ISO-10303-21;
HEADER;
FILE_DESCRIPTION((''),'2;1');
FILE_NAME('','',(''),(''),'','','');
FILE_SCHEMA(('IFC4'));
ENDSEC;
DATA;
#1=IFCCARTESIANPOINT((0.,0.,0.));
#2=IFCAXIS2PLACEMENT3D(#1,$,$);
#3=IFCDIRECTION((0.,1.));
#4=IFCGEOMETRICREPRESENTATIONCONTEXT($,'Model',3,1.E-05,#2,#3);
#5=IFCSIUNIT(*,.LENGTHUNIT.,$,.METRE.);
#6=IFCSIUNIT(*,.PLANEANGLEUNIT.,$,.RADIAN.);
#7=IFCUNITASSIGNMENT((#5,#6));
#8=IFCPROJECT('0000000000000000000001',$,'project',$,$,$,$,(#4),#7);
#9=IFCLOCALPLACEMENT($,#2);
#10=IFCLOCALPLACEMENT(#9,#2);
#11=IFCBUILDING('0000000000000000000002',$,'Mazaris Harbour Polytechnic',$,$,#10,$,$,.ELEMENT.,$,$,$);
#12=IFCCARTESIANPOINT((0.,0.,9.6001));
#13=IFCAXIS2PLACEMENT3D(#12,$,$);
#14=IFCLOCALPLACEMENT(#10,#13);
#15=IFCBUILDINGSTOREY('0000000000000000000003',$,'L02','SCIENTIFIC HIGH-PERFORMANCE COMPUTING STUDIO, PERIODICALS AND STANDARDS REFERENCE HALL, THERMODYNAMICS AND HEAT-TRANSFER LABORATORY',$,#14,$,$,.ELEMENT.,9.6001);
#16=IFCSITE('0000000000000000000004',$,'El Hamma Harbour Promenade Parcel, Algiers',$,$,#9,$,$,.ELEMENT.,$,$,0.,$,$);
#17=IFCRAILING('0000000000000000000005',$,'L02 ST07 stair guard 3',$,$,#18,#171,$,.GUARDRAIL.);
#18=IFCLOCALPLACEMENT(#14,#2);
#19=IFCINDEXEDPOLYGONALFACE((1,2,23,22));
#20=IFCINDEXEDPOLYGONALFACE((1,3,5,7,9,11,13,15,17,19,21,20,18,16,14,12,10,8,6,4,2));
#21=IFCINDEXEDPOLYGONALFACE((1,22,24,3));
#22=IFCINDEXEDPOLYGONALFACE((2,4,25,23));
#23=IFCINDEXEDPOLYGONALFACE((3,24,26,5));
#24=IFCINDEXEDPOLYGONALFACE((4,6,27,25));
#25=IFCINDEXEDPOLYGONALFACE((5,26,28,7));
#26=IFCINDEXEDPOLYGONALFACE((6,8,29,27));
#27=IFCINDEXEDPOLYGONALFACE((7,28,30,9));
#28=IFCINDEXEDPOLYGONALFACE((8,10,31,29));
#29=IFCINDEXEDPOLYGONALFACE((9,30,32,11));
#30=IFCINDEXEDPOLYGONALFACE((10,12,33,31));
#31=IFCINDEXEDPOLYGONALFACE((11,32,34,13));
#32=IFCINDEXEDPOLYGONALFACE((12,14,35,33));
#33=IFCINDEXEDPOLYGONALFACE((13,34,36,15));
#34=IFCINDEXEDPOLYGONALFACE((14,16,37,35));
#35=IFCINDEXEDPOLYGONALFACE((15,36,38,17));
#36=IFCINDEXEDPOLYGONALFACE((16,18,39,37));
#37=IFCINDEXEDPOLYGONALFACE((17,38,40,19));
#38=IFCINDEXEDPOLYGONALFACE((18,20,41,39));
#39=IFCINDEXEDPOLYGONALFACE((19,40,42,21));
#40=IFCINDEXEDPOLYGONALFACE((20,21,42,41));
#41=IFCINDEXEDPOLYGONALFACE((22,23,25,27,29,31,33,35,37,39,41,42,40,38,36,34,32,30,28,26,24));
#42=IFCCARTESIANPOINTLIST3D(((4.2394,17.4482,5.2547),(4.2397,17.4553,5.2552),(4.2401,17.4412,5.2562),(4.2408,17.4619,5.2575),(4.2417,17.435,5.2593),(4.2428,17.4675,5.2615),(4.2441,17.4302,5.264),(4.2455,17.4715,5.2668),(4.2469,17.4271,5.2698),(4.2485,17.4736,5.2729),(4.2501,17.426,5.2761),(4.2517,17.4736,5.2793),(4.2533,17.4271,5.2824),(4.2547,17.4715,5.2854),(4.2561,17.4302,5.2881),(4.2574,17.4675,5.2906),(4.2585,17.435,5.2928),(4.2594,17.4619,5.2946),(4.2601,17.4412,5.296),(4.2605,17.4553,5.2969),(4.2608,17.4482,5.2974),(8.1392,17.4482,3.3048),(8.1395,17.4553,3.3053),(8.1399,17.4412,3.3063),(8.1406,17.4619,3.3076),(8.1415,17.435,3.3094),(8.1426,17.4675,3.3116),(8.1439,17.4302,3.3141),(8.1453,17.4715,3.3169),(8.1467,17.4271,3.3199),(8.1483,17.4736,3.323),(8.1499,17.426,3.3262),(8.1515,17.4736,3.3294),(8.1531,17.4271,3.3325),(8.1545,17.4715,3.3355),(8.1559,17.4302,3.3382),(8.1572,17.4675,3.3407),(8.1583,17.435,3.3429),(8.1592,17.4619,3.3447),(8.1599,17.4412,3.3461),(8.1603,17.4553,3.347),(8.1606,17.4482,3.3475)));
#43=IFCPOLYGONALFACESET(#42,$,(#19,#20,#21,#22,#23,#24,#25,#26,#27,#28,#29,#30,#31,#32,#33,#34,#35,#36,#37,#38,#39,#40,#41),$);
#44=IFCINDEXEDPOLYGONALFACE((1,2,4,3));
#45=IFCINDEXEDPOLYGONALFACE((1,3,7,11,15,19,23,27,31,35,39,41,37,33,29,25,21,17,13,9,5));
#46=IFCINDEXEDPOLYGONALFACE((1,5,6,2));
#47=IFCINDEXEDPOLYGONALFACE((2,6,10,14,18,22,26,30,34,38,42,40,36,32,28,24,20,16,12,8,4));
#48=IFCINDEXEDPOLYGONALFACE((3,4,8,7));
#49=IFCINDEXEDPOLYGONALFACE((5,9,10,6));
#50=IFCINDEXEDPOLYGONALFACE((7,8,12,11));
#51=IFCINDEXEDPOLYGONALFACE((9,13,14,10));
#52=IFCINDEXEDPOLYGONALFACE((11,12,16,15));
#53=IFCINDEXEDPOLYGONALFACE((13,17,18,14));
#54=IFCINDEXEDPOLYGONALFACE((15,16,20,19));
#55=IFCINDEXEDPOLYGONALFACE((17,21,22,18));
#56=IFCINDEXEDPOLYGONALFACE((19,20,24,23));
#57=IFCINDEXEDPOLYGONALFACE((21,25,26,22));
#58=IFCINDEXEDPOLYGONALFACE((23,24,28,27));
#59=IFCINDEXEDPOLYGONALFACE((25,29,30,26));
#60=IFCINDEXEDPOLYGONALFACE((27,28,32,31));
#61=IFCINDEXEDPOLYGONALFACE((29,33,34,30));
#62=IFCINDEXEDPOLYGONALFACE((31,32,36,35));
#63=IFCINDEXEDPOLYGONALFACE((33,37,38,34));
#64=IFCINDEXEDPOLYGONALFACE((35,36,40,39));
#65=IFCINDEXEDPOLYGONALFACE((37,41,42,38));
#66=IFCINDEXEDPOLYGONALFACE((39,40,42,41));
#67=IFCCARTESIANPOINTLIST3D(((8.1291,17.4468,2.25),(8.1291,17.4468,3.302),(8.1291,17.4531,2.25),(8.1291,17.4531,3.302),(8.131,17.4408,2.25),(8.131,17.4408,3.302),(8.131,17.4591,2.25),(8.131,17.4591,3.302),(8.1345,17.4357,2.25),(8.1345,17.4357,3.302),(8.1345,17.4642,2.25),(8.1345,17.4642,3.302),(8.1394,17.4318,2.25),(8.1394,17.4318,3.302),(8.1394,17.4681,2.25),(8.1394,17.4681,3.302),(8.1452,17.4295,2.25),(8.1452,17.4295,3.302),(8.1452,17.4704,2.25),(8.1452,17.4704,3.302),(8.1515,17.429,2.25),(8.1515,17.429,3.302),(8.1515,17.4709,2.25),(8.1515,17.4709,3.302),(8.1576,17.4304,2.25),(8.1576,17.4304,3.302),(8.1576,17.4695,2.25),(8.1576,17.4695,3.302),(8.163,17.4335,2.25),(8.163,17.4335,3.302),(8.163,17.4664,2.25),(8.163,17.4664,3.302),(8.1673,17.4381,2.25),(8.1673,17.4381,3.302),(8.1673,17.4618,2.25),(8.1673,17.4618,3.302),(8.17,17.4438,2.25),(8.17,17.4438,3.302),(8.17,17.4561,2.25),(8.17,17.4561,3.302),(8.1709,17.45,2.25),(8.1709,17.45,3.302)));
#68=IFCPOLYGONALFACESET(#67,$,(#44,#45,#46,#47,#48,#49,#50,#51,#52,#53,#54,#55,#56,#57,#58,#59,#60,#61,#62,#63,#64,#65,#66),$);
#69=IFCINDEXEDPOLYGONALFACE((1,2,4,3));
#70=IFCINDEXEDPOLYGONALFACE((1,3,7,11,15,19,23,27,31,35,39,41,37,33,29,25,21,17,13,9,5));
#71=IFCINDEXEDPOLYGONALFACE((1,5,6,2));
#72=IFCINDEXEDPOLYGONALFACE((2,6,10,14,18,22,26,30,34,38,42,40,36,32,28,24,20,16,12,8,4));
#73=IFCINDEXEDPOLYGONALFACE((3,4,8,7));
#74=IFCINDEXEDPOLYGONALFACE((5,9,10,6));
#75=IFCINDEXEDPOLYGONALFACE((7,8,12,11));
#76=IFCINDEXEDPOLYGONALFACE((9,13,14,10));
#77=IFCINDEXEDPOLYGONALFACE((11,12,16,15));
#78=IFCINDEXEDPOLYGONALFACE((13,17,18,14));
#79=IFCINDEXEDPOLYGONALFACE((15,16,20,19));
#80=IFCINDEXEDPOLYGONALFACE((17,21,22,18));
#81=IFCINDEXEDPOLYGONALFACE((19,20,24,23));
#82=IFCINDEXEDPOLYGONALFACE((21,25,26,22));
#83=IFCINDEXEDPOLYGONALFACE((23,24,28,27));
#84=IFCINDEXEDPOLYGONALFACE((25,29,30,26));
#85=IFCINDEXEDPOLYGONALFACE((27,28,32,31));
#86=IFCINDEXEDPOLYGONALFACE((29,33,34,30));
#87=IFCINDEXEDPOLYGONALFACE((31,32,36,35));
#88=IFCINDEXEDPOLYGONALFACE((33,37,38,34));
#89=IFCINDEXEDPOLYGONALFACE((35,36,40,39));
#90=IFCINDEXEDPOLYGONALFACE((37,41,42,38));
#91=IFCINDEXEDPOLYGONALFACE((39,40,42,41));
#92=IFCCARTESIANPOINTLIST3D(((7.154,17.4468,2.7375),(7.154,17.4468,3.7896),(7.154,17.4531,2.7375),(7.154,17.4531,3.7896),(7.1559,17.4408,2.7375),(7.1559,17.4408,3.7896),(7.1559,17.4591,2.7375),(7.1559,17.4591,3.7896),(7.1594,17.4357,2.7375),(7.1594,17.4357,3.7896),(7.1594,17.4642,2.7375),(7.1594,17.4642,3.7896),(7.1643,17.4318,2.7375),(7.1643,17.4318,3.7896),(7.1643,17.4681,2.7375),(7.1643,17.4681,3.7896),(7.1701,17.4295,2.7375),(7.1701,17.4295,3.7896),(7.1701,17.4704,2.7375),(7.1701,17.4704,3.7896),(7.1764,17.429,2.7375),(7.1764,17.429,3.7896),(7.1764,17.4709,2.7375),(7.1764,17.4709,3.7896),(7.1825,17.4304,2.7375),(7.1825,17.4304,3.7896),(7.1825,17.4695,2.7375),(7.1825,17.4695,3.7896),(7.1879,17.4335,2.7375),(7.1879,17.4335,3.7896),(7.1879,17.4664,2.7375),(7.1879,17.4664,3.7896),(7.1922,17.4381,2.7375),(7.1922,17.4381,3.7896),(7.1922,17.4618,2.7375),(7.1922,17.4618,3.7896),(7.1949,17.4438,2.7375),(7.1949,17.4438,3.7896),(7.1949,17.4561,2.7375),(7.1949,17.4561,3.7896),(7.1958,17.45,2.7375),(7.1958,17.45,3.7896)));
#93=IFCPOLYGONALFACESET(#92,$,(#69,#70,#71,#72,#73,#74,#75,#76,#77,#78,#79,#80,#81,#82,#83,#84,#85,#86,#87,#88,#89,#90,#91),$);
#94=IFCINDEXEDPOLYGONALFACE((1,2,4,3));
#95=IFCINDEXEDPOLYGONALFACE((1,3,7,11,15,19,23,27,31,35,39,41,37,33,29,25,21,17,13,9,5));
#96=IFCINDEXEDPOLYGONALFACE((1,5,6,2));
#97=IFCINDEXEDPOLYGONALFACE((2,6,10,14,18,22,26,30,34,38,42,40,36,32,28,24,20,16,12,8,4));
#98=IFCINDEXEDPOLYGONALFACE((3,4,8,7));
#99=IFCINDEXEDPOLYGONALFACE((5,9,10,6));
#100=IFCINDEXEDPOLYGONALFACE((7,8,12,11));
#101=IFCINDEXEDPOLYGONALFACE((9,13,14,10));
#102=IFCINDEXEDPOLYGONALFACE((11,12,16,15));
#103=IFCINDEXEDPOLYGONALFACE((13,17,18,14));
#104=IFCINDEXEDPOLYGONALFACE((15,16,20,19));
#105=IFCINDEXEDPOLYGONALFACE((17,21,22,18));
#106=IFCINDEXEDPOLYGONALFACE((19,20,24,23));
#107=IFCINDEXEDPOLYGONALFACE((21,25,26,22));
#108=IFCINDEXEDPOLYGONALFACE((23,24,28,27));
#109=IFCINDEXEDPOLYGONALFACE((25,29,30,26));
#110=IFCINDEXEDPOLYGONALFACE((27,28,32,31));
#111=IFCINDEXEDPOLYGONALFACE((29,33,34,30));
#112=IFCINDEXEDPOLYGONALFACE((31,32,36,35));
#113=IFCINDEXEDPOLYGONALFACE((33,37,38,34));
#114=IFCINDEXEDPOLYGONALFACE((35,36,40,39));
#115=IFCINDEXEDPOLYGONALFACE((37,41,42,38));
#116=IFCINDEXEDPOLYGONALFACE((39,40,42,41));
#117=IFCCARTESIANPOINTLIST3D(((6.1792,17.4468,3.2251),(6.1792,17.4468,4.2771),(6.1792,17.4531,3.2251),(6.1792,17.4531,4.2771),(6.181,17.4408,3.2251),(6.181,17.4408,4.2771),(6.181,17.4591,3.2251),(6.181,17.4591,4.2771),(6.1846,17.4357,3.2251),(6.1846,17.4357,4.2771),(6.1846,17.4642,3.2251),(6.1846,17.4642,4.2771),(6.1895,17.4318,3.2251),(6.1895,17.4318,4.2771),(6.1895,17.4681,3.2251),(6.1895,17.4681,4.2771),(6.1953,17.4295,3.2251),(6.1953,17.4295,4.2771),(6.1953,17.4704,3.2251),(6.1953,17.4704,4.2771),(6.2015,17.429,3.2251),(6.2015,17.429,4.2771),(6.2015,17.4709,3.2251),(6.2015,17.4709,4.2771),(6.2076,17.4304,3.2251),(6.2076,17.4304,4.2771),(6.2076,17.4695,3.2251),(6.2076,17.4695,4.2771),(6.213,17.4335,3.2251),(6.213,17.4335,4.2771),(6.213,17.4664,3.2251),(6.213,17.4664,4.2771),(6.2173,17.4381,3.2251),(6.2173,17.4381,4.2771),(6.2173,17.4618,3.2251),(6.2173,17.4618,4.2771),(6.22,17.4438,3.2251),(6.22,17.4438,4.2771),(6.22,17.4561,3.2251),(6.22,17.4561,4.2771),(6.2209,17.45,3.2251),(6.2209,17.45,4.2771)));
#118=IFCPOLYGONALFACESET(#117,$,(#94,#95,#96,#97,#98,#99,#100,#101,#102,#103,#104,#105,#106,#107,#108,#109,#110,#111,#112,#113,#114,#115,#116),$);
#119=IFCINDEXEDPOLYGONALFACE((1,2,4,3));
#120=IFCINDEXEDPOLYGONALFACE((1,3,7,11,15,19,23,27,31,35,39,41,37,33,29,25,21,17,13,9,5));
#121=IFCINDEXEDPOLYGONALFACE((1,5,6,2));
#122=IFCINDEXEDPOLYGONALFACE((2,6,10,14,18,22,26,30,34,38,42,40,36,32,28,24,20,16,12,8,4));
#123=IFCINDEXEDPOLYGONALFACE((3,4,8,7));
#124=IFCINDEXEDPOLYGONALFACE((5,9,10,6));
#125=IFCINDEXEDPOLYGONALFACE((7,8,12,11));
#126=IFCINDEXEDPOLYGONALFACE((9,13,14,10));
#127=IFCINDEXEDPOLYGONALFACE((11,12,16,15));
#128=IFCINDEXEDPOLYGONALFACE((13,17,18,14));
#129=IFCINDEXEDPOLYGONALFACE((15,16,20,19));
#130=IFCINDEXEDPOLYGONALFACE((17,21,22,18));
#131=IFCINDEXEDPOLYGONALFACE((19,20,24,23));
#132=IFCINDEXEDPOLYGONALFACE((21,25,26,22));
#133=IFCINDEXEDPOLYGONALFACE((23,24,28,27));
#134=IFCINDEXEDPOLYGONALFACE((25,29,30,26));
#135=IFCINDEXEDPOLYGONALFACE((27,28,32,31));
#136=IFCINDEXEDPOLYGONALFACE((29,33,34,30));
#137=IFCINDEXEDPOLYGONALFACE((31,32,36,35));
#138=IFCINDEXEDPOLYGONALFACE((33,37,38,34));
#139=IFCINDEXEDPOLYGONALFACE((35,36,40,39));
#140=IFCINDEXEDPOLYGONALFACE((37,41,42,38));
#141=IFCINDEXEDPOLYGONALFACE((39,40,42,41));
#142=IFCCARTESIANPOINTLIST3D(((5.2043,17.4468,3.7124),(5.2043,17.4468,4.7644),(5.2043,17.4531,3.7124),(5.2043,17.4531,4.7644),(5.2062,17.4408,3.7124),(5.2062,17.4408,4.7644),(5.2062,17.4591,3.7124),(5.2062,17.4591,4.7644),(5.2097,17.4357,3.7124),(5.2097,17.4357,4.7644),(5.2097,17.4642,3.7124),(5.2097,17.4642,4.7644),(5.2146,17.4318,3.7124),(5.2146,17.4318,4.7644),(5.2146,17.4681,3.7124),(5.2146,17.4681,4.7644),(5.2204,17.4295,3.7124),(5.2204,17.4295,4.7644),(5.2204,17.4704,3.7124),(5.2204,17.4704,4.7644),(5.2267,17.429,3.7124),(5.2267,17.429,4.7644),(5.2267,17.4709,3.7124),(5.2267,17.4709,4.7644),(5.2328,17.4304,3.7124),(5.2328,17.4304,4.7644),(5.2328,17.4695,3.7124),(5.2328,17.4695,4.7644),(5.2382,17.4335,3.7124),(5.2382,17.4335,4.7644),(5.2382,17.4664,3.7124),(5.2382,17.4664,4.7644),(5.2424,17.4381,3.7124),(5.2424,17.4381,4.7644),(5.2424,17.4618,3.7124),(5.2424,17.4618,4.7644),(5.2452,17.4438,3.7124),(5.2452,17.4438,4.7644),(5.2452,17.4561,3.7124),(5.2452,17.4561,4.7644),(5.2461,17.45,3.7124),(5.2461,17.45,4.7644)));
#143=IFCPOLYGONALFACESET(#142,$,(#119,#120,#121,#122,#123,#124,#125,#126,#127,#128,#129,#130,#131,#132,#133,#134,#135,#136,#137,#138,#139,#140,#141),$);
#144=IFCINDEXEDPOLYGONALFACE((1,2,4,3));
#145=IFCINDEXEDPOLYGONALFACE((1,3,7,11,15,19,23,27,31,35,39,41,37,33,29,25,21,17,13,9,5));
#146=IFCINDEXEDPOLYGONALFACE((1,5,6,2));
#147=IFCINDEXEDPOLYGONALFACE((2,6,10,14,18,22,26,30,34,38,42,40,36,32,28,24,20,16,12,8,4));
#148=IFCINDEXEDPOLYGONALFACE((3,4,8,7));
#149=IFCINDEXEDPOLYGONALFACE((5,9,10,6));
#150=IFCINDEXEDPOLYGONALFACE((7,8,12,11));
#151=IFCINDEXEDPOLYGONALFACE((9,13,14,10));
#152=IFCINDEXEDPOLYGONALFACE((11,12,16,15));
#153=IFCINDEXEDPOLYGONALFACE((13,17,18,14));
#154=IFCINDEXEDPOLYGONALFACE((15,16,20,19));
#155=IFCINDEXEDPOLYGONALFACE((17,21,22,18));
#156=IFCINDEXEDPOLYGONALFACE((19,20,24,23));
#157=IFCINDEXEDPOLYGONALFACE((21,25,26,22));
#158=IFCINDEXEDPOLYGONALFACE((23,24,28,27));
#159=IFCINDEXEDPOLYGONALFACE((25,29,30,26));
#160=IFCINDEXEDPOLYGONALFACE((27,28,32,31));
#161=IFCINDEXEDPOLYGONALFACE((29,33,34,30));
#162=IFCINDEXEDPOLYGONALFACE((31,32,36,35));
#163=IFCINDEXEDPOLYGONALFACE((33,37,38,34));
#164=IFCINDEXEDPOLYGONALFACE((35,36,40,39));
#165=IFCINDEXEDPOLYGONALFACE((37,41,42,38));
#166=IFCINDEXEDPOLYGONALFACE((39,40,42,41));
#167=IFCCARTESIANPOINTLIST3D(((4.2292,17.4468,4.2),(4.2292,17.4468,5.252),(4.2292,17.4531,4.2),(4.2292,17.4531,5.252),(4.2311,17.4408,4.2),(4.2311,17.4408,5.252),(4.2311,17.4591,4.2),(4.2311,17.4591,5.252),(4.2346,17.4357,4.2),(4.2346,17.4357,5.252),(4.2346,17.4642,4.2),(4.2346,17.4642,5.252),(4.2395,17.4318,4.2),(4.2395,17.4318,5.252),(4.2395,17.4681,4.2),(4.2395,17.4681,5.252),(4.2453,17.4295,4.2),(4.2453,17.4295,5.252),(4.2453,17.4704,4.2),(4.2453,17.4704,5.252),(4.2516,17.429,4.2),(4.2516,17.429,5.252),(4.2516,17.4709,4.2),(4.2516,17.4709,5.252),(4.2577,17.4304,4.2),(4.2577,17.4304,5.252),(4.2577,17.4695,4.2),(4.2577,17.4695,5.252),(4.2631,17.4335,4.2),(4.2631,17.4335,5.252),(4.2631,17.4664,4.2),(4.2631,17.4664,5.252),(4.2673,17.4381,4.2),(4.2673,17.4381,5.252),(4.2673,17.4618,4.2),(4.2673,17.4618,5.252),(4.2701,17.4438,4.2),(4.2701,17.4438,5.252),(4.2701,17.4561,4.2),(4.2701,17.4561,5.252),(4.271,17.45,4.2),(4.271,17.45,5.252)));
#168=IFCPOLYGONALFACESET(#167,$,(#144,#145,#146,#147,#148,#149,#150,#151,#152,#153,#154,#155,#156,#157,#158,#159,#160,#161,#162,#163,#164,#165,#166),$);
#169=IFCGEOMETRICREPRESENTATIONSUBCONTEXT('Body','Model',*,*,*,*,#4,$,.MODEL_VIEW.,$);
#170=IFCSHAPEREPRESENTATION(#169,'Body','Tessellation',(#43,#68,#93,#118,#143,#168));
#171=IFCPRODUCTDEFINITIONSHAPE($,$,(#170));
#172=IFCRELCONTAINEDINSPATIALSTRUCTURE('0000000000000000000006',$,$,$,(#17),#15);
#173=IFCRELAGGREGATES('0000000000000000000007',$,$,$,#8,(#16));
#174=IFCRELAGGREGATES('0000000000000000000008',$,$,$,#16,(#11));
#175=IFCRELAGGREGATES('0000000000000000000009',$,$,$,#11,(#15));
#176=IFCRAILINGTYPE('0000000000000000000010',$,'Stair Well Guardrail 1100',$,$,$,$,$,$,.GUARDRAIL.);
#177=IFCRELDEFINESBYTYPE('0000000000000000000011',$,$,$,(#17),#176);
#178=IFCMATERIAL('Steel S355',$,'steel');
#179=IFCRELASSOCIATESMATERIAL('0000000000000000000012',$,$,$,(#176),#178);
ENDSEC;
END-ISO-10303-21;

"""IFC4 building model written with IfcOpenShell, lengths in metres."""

from ifc_helpers import new_model, si_unit, direction, frame, origin, origin_2d, place, context, subcontext, project, spatial, circle, extrude, material, type_object, element, save


model = new_model("IFC4")

# Units and contexts
model_context = context("Model", 3, precision=1e-05, world=origin(), true_north=direction((0.0, 1.0)))
body_context = subcontext(model_context, "Body", "Model", "MODEL_VIEW")
ifc_project = project(units=[si_unit("LENGTHUNIT", "METRE"), si_unit("PLANEANGLEUNIT", "RADIAN")], contexts=[model_context])

# Site, building, storey
site_placement = place(None, origin())
site = spatial("IfcSite", under=ifc_project, at=site_placement, Name="El Hamma Harbour Promenade Parcel, Algiers", CompositionType="ELEMENT", RefElevation=0.0)
building_placement = place(site_placement, origin())
building = spatial("IfcBuilding", under=site, at=building_placement, Name="Mazaris Harbour Polytechnic", CompositionType="ELEMENT")
storey_placement = place(building_placement, frame((0.0, 0.0, 9.6001)))
storey = spatial("IfcBuildingStorey", under=building, at=storey_placement, Name="L02", Description="SCIENTIFIC HIGH-PERFORMANCE COMPUTING STUDIO, PERIODICALS AND STANDARDS REFERENCE HALL, THERMODYNAMICS AND HEAT-TRANSFER LABORATORY", CompositionType="ELEMENT", Elevation=9.6001)

# Railing
ifc_material_1 = material(Name="Steel S355", Category="steel")
railing_type_1 = type_object("IfcRailingType", Name="Stair Well Guardrail 1100", PredefinedType="GUARDRAIL", material=ifc_material_1)
railing_1_placement = place(storey_placement, frame((8.1499, 17.45, 2.25)))
element("IfcRailing", 1, at=railing_1_placement, inside=storey, type_object=railing_type_1, Name="L02 ST07 stair guard 3", PredefinedType="GUARDRAIL", context=body_context, shape_type="SweptSolid", body=[
    extrude(circle(Radius=0.0239, at=origin_2d()), frame((0.0, 0.0, 1.0762), z_axis=(-0.894427, 0.0, 0.447214), x_axis=(0.0, -1.0, 0.0)), (0.0, 0.0, 1.0), 4.3601),
    extrude(circle(Radius=0.021, at=origin_2d()), origin(), (0.0, 0.0, 1.0), 1.052),
    extrude(circle(Radius=0.021, at=origin_2d()), frame((-0.9751, 0.0, 0.4875)), (0.0, 0.0, 1.0), 1.052),
    extrude(circle(Radius=0.021, at=origin_2d()), frame((-1.95, 0.0, 0.9751)), (0.0, 0.0, 1.0), 1.052),
    extrude(circle(Radius=0.021, at=origin_2d()), frame((-2.9248, 0.0, 1.4624)), (0.0, 0.0, 1.0), 1.052),
    extrude(circle(Radius=0.021, at=origin_2d()), frame((-3.8999, 0.0, 1.95)), (0.0, 0.0, 1.0), 1.052),
])

save(model, "model.ifc")
